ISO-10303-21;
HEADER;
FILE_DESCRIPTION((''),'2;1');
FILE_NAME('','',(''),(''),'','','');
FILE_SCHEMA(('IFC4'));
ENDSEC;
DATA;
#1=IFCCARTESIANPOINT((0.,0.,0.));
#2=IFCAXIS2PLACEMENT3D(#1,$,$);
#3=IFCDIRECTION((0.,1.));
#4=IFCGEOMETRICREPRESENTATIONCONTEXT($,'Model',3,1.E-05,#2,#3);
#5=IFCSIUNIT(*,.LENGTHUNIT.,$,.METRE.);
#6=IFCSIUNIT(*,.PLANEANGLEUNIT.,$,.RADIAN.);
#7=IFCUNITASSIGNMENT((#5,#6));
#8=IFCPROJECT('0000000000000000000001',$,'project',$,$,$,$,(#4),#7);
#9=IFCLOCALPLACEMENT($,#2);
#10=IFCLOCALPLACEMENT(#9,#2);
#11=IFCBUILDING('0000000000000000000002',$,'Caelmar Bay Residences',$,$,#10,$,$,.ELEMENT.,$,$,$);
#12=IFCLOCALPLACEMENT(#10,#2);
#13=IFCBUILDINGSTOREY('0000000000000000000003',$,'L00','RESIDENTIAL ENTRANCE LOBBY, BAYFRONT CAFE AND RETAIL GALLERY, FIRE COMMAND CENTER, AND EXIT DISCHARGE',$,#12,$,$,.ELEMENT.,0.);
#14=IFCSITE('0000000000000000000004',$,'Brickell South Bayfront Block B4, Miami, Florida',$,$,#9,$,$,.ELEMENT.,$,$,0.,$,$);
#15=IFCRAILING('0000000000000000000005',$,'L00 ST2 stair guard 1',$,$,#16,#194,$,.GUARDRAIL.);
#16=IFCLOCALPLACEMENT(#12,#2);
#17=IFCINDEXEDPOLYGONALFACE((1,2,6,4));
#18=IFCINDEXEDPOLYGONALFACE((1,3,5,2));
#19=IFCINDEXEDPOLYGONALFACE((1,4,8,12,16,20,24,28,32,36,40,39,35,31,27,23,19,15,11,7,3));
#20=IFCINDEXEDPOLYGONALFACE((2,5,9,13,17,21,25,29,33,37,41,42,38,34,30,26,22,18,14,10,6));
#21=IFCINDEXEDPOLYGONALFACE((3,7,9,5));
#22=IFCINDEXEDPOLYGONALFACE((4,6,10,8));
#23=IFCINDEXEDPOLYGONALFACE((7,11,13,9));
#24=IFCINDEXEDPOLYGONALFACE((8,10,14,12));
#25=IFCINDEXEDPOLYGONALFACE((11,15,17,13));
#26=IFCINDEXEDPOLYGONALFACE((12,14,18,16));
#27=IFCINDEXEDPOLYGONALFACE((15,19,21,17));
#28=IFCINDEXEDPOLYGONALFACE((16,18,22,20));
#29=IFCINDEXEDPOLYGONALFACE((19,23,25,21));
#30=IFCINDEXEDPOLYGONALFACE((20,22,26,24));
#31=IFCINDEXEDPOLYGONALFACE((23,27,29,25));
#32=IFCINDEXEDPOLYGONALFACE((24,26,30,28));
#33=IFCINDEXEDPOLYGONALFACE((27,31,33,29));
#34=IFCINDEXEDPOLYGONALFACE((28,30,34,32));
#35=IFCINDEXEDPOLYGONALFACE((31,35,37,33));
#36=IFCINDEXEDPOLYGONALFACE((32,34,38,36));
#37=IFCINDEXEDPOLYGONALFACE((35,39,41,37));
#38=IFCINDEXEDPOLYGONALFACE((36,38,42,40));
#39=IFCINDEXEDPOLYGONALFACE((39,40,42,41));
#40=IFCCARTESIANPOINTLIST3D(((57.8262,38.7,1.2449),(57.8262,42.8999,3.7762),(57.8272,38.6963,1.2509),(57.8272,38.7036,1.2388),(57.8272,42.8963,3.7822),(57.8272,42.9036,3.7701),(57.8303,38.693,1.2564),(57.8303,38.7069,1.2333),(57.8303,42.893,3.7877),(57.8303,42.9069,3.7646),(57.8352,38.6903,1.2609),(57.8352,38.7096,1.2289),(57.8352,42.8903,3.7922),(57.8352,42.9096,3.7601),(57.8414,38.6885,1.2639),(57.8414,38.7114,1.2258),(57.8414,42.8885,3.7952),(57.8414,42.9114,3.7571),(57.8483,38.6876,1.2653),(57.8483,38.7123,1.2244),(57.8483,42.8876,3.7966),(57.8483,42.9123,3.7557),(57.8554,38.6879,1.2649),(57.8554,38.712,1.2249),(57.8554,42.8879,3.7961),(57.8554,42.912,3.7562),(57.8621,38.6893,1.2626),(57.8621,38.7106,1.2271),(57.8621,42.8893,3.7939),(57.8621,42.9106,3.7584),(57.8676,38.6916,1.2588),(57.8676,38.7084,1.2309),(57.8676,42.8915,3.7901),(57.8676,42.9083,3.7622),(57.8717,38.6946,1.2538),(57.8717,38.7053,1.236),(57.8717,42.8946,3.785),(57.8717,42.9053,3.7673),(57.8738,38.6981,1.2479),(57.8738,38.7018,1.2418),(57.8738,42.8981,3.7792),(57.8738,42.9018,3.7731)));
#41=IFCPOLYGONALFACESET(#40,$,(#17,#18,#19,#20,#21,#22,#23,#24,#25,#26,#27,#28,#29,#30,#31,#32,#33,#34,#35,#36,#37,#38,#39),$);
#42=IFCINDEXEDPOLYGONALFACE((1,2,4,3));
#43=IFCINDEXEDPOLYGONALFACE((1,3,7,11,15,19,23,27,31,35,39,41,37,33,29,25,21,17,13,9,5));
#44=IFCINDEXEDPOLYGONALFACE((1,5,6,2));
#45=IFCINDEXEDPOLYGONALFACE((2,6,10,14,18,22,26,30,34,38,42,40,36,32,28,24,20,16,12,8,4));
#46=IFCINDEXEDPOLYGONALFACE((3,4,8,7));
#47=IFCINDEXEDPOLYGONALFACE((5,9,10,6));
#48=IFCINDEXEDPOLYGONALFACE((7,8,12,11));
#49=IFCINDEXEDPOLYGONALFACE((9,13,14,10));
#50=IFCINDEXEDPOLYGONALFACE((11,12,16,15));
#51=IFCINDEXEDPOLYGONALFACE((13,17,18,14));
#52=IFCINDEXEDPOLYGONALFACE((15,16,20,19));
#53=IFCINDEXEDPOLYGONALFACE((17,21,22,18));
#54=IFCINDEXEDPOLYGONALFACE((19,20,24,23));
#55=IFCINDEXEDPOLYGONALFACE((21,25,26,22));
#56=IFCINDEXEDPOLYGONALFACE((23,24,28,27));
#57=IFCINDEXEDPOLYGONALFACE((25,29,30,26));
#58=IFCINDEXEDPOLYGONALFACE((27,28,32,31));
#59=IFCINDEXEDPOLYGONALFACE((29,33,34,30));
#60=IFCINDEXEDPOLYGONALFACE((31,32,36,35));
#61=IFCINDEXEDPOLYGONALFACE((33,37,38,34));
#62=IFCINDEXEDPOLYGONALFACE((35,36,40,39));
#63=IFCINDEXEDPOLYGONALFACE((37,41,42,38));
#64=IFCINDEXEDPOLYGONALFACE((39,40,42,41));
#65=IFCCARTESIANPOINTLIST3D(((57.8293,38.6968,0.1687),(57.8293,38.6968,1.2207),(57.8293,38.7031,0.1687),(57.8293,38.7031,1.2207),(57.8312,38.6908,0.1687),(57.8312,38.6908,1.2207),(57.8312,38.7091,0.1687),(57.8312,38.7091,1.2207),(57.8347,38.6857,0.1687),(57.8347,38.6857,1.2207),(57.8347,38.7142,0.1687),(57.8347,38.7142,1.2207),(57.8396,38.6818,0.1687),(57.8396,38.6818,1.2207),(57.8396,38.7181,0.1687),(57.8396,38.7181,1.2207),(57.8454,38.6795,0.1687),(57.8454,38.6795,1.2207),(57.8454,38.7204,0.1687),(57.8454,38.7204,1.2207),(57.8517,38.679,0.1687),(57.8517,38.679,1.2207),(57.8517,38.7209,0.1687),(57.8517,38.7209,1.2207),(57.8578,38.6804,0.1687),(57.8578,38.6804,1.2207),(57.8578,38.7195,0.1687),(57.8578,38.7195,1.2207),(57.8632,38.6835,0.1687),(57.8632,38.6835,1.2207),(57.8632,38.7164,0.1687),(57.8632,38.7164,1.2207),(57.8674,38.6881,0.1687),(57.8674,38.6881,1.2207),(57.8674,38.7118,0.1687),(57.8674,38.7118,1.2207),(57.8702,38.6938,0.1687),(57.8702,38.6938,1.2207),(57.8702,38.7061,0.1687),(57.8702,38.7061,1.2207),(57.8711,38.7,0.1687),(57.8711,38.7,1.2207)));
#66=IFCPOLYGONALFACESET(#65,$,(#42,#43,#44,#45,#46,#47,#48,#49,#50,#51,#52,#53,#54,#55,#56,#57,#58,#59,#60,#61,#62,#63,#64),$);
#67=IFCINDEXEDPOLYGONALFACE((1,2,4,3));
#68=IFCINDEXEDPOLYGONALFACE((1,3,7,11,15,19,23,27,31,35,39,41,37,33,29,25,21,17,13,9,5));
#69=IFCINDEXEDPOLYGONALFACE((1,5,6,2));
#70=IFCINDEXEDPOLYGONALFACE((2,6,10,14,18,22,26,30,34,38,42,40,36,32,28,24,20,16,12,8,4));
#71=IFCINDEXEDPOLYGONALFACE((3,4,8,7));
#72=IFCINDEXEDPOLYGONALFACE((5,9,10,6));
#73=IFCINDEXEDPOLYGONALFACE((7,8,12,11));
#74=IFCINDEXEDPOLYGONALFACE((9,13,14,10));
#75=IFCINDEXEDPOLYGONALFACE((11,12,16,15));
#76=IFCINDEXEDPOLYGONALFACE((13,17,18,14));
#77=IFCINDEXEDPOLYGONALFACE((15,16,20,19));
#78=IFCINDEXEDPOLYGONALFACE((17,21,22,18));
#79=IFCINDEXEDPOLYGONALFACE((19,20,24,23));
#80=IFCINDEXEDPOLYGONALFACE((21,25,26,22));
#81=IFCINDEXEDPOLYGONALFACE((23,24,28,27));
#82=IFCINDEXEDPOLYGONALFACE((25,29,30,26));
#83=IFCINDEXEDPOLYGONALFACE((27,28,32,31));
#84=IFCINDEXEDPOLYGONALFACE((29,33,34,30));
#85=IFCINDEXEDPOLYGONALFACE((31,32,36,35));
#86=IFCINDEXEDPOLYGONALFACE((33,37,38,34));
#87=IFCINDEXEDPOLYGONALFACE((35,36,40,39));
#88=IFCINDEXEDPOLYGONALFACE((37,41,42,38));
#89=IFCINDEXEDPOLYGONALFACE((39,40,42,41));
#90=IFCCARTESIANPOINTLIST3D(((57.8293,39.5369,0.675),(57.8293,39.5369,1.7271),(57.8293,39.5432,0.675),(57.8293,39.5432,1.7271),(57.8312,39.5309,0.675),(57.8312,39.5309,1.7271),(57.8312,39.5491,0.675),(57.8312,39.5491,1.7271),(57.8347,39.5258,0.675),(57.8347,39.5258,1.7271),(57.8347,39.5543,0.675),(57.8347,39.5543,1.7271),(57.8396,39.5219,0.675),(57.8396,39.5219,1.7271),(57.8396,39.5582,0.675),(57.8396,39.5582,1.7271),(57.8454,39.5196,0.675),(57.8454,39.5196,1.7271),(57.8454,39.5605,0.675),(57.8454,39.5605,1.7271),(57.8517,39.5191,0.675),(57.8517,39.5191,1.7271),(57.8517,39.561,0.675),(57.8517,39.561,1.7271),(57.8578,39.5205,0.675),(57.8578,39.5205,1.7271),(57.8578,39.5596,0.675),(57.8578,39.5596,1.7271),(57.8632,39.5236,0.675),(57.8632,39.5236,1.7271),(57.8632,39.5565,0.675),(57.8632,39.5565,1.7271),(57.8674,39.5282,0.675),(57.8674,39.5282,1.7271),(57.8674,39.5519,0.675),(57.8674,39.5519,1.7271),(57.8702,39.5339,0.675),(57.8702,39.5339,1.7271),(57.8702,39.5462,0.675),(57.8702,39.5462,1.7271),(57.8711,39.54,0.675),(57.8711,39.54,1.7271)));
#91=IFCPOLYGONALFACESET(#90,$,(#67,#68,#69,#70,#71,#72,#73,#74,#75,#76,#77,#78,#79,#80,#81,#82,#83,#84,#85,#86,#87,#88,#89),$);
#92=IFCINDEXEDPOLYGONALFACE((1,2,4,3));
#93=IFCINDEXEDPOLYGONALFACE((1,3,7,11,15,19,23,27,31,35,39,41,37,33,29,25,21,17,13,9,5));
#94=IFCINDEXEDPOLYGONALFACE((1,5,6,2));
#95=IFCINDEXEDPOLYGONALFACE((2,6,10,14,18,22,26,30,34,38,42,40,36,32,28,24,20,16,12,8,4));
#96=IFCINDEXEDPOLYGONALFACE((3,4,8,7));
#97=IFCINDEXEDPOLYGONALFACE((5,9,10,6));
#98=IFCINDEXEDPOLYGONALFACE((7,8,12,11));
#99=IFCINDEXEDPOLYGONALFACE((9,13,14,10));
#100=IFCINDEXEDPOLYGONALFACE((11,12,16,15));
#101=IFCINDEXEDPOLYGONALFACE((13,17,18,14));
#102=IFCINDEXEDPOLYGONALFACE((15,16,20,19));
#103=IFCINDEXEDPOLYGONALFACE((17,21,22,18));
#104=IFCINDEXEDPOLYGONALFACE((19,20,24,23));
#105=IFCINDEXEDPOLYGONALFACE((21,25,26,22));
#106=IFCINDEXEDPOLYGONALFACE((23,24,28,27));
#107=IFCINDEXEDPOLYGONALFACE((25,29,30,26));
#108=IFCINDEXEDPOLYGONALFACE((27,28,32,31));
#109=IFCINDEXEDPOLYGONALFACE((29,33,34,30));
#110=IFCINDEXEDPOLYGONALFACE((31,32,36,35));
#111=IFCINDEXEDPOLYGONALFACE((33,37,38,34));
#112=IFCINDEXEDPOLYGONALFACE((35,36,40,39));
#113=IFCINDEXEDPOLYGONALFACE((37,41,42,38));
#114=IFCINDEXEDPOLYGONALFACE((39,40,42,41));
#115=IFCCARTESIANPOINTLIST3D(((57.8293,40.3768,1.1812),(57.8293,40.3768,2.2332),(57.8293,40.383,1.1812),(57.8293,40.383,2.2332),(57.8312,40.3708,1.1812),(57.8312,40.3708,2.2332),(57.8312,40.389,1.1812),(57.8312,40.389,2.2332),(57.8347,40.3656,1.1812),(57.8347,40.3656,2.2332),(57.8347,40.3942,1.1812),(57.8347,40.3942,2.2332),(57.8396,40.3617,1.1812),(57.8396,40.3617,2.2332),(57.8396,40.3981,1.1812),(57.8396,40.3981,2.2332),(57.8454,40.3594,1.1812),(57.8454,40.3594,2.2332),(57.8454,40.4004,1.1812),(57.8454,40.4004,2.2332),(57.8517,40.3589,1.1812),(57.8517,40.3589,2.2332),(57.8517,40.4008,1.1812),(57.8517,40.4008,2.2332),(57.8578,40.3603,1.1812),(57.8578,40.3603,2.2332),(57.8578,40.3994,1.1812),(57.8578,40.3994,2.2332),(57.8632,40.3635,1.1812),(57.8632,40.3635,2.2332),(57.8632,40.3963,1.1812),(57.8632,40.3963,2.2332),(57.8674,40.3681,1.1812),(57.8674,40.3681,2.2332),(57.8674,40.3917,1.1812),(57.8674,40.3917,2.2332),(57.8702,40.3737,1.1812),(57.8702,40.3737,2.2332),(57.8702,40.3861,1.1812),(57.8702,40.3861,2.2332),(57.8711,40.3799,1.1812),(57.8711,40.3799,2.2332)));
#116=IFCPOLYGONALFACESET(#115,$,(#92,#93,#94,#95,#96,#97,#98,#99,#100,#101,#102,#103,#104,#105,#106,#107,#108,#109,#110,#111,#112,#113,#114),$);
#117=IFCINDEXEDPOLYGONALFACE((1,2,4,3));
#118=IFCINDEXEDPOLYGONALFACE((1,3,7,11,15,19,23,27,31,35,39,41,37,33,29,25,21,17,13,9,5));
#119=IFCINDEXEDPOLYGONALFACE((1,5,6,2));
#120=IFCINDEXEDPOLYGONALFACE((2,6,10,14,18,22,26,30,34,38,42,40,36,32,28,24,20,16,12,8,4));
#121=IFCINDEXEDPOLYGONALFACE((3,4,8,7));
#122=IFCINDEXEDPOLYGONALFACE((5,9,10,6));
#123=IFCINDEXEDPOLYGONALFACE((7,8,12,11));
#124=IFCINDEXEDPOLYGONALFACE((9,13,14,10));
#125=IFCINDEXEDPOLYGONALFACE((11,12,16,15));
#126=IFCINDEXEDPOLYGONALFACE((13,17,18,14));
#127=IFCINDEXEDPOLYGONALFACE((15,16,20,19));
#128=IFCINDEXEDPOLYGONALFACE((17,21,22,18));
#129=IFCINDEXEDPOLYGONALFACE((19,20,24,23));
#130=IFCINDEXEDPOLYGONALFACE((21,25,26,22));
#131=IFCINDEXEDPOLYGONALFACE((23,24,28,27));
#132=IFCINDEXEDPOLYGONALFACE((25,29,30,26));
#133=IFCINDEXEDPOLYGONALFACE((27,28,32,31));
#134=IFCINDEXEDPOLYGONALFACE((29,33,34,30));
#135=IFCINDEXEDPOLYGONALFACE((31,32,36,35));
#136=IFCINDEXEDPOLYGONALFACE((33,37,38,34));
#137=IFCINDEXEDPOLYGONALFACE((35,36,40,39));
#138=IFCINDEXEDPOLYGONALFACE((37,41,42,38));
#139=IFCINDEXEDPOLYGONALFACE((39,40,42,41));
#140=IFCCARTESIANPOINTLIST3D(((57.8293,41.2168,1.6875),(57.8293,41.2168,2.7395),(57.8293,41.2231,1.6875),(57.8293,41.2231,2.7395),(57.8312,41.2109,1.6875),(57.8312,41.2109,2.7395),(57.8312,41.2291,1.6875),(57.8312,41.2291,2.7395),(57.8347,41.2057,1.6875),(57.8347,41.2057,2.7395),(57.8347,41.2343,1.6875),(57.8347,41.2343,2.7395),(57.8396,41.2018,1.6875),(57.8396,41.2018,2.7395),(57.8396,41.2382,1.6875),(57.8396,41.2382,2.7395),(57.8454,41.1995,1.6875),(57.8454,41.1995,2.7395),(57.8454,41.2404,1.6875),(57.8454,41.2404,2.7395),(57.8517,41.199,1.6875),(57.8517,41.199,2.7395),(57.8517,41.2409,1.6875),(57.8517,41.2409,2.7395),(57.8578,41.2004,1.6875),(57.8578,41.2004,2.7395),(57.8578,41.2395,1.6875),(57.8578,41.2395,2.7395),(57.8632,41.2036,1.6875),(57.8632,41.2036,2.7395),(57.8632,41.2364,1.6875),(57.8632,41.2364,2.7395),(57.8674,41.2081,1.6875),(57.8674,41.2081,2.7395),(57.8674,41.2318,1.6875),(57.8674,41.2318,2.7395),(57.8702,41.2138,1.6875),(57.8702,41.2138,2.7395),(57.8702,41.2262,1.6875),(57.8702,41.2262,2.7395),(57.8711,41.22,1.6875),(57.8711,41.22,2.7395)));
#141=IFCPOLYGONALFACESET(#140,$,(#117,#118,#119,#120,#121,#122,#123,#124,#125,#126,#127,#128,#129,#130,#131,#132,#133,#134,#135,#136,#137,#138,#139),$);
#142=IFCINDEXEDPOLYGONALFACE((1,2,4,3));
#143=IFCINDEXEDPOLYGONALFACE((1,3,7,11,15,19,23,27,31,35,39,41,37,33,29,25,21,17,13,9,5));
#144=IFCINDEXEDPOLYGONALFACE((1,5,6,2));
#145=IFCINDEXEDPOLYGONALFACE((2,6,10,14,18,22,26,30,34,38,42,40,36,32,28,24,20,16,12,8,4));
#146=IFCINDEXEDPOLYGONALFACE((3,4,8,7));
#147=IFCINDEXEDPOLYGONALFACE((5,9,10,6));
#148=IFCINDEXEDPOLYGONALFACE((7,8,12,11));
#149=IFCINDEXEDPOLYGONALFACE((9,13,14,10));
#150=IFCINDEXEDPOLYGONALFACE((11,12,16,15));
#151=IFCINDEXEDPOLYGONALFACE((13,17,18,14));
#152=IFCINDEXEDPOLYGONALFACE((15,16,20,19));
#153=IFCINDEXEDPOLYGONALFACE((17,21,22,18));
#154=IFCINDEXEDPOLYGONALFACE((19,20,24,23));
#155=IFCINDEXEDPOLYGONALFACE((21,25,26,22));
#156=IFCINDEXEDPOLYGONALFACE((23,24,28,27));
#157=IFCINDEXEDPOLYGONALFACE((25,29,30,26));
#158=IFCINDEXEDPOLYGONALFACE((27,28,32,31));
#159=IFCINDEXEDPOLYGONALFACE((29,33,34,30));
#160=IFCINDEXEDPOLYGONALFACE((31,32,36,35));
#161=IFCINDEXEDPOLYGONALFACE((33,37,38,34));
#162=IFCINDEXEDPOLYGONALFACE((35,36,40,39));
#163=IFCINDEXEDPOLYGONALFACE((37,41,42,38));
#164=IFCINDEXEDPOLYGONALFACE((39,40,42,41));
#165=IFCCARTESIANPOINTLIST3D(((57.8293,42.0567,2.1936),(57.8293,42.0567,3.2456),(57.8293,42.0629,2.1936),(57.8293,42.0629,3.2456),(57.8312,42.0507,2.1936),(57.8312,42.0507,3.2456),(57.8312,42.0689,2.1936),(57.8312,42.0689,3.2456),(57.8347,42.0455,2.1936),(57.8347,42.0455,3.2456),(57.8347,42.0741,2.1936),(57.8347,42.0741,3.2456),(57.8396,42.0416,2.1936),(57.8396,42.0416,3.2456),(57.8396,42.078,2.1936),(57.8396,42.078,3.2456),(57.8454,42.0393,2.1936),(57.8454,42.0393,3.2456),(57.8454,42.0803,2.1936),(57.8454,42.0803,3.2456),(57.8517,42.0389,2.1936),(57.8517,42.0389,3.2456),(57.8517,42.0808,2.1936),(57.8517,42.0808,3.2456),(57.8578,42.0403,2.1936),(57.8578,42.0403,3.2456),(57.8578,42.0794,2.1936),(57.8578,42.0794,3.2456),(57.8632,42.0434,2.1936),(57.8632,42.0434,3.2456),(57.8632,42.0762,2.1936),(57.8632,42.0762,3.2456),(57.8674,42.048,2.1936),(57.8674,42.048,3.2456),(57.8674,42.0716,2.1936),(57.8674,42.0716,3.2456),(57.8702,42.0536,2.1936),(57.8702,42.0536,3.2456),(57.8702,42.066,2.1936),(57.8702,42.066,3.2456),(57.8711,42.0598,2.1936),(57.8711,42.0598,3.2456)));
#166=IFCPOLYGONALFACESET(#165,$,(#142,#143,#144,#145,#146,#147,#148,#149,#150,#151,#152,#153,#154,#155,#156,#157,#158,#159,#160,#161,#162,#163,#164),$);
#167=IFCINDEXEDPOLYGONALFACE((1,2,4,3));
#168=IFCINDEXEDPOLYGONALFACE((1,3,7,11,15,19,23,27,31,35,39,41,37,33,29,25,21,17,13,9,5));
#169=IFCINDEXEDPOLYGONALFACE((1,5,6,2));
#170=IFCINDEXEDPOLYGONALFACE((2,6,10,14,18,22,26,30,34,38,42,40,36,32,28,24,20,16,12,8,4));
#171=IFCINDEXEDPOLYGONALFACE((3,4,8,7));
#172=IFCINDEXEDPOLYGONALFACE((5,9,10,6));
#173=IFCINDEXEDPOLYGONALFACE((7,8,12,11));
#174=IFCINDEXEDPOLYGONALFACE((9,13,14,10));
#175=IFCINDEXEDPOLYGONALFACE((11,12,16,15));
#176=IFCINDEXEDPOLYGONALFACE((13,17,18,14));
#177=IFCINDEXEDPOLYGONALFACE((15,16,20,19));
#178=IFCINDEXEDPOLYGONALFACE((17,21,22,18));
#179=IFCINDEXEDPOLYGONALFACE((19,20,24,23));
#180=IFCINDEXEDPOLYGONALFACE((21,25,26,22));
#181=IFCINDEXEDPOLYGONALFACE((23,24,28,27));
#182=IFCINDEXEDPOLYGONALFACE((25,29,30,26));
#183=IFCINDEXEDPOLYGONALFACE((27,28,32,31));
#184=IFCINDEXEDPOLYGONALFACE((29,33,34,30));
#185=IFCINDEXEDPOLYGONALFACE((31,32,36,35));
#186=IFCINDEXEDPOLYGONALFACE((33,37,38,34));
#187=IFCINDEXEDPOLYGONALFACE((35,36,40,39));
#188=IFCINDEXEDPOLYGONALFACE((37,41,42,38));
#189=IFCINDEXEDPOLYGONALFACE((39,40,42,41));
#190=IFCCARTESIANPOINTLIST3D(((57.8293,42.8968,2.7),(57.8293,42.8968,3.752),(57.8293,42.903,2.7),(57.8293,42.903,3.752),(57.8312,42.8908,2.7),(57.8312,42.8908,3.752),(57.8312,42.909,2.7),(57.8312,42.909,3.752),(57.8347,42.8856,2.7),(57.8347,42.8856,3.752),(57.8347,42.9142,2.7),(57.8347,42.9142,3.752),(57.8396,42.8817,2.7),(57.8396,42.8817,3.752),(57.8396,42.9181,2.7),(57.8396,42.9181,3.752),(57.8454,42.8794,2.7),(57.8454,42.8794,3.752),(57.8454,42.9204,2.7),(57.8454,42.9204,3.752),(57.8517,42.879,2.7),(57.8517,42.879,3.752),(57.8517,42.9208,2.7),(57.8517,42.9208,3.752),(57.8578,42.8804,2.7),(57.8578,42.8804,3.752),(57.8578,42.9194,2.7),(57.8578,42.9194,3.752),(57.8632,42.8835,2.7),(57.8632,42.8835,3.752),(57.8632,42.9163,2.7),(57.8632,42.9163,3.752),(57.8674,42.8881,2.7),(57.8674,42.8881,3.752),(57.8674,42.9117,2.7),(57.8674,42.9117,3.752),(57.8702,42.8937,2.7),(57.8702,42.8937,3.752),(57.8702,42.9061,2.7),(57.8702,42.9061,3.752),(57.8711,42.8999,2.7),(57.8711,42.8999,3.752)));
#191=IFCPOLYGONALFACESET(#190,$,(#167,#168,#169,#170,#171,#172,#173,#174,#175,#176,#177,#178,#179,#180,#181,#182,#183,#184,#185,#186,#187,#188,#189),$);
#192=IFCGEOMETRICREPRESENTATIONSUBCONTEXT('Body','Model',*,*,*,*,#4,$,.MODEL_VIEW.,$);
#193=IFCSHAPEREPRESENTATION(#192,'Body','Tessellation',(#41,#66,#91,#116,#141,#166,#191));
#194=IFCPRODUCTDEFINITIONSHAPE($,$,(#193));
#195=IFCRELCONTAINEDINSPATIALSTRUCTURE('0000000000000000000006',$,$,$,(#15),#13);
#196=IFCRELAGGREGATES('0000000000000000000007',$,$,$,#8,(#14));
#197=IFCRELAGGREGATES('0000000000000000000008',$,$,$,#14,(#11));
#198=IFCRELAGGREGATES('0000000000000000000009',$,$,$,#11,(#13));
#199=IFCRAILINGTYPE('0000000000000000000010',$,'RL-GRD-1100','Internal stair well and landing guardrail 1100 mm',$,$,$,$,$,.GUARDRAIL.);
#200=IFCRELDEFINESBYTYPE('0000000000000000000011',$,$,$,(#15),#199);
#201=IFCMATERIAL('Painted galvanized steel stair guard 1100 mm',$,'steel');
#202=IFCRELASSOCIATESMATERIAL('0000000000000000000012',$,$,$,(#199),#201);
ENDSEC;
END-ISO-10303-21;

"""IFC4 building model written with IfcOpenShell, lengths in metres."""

from ifc_helpers import new_model, si_unit, direction, frame, origin, origin_2d, place, context, subcontext, project, spatial, circle, extrude, material, type_object, element, save


model = new_model("IFC4")

# Units and contexts
model_context = context("Model", 3, precision=1e-05, world=origin(), true_north=direction((0.0, 1.0)))
body_context = subcontext(model_context, "Body", "Model", "MODEL_VIEW")
ifc_project = project(units=[si_unit("LENGTHUNIT", "METRE"), si_unit("PLANEANGLEUNIT", "RADIAN")], contexts=[model_context])

# Site, building, storey
site_placement = place(None, origin())
site = spatial("IfcSite", under=ifc_project, at=site_placement, Name="Brickell South Bayfront Block B4, Miami, Florida", CompositionType="ELEMENT", RefElevation=0.0)
building_placement = place(site_placement, origin())
building = spatial("IfcBuilding", under=site, at=building_placement, Name="Caelmar Bay Residences", CompositionType="ELEMENT")
storey_placement = place(building_placement, origin())
storey = spatial("IfcBuildingStorey", under=building, at=storey_placement, Name="L00", Description="RESIDENTIAL ENTRANCE LOBBY, BAYFRONT CAFE AND RETAIL GALLERY, FIRE COMMAND CENTER, AND EXIT DISCHARGE", CompositionType="ELEMENT", Elevation=0.0)

# Railing
ifc_material_1 = material(Name="Painted galvanized steel stair guard 1100 mm", Category="steel")
railing_type_1 = type_object("IfcRailingType", Name="RL-GRD-1100", Description="Internal stair well and landing guardrail 1100 mm", PredefinedType="GUARDRAIL", material=ifc_material_1)
railing_1_placement = place(storey_placement, frame((57.8501, 38.7, 0.1687)))
element("IfcRailing", 1, at=railing_1_placement, inside=storey, type_object=railing_type_1, Name="L00 ST2 stair guard 1", PredefinedType="GUARDRAIL", context=body_context, shape_type="SweptSolid", body=[
    extrude(circle(Radius=0.0239, at=origin_2d()), frame((0.0, 0.0, 1.0762), z_axis=(0.0, 0.856476, 0.516186), x_axis=(-1.0, 0.0, 0.0)), (0.0, 0.0, 1.0), 4.9038),
    extrude(circle(Radius=0.021, at=origin_2d()), origin(), (0.0, 0.0, 1.0), 1.052),
    extrude(circle(Radius=0.021, at=origin_2d()), frame((0.0, 0.8401, 0.5063)), (0.0, 0.0, 1.0), 1.052),
    extrude(circle(Radius=0.021, at=origin_2d()), frame((0.0, 1.6799, 1.0125)), (0.0, 0.0, 1.0), 1.052),
    extrude(circle(Radius=0.021, at=origin_2d()), frame((0.0, 2.52, 1.5188)), (0.0, 0.0, 1.0), 1.052),
    extrude(circle(Radius=0.021, at=origin_2d()), frame((0.0, 3.3599, 2.0249)), (0.0, 0.0, 1.0), 1.052),
    extrude(circle(Radius=0.021, at=origin_2d()), frame((0.0, 4.2, 2.5312)), (0.0, 0.0, 1.0), 1.052),
])

save(model, "model.ifc")
